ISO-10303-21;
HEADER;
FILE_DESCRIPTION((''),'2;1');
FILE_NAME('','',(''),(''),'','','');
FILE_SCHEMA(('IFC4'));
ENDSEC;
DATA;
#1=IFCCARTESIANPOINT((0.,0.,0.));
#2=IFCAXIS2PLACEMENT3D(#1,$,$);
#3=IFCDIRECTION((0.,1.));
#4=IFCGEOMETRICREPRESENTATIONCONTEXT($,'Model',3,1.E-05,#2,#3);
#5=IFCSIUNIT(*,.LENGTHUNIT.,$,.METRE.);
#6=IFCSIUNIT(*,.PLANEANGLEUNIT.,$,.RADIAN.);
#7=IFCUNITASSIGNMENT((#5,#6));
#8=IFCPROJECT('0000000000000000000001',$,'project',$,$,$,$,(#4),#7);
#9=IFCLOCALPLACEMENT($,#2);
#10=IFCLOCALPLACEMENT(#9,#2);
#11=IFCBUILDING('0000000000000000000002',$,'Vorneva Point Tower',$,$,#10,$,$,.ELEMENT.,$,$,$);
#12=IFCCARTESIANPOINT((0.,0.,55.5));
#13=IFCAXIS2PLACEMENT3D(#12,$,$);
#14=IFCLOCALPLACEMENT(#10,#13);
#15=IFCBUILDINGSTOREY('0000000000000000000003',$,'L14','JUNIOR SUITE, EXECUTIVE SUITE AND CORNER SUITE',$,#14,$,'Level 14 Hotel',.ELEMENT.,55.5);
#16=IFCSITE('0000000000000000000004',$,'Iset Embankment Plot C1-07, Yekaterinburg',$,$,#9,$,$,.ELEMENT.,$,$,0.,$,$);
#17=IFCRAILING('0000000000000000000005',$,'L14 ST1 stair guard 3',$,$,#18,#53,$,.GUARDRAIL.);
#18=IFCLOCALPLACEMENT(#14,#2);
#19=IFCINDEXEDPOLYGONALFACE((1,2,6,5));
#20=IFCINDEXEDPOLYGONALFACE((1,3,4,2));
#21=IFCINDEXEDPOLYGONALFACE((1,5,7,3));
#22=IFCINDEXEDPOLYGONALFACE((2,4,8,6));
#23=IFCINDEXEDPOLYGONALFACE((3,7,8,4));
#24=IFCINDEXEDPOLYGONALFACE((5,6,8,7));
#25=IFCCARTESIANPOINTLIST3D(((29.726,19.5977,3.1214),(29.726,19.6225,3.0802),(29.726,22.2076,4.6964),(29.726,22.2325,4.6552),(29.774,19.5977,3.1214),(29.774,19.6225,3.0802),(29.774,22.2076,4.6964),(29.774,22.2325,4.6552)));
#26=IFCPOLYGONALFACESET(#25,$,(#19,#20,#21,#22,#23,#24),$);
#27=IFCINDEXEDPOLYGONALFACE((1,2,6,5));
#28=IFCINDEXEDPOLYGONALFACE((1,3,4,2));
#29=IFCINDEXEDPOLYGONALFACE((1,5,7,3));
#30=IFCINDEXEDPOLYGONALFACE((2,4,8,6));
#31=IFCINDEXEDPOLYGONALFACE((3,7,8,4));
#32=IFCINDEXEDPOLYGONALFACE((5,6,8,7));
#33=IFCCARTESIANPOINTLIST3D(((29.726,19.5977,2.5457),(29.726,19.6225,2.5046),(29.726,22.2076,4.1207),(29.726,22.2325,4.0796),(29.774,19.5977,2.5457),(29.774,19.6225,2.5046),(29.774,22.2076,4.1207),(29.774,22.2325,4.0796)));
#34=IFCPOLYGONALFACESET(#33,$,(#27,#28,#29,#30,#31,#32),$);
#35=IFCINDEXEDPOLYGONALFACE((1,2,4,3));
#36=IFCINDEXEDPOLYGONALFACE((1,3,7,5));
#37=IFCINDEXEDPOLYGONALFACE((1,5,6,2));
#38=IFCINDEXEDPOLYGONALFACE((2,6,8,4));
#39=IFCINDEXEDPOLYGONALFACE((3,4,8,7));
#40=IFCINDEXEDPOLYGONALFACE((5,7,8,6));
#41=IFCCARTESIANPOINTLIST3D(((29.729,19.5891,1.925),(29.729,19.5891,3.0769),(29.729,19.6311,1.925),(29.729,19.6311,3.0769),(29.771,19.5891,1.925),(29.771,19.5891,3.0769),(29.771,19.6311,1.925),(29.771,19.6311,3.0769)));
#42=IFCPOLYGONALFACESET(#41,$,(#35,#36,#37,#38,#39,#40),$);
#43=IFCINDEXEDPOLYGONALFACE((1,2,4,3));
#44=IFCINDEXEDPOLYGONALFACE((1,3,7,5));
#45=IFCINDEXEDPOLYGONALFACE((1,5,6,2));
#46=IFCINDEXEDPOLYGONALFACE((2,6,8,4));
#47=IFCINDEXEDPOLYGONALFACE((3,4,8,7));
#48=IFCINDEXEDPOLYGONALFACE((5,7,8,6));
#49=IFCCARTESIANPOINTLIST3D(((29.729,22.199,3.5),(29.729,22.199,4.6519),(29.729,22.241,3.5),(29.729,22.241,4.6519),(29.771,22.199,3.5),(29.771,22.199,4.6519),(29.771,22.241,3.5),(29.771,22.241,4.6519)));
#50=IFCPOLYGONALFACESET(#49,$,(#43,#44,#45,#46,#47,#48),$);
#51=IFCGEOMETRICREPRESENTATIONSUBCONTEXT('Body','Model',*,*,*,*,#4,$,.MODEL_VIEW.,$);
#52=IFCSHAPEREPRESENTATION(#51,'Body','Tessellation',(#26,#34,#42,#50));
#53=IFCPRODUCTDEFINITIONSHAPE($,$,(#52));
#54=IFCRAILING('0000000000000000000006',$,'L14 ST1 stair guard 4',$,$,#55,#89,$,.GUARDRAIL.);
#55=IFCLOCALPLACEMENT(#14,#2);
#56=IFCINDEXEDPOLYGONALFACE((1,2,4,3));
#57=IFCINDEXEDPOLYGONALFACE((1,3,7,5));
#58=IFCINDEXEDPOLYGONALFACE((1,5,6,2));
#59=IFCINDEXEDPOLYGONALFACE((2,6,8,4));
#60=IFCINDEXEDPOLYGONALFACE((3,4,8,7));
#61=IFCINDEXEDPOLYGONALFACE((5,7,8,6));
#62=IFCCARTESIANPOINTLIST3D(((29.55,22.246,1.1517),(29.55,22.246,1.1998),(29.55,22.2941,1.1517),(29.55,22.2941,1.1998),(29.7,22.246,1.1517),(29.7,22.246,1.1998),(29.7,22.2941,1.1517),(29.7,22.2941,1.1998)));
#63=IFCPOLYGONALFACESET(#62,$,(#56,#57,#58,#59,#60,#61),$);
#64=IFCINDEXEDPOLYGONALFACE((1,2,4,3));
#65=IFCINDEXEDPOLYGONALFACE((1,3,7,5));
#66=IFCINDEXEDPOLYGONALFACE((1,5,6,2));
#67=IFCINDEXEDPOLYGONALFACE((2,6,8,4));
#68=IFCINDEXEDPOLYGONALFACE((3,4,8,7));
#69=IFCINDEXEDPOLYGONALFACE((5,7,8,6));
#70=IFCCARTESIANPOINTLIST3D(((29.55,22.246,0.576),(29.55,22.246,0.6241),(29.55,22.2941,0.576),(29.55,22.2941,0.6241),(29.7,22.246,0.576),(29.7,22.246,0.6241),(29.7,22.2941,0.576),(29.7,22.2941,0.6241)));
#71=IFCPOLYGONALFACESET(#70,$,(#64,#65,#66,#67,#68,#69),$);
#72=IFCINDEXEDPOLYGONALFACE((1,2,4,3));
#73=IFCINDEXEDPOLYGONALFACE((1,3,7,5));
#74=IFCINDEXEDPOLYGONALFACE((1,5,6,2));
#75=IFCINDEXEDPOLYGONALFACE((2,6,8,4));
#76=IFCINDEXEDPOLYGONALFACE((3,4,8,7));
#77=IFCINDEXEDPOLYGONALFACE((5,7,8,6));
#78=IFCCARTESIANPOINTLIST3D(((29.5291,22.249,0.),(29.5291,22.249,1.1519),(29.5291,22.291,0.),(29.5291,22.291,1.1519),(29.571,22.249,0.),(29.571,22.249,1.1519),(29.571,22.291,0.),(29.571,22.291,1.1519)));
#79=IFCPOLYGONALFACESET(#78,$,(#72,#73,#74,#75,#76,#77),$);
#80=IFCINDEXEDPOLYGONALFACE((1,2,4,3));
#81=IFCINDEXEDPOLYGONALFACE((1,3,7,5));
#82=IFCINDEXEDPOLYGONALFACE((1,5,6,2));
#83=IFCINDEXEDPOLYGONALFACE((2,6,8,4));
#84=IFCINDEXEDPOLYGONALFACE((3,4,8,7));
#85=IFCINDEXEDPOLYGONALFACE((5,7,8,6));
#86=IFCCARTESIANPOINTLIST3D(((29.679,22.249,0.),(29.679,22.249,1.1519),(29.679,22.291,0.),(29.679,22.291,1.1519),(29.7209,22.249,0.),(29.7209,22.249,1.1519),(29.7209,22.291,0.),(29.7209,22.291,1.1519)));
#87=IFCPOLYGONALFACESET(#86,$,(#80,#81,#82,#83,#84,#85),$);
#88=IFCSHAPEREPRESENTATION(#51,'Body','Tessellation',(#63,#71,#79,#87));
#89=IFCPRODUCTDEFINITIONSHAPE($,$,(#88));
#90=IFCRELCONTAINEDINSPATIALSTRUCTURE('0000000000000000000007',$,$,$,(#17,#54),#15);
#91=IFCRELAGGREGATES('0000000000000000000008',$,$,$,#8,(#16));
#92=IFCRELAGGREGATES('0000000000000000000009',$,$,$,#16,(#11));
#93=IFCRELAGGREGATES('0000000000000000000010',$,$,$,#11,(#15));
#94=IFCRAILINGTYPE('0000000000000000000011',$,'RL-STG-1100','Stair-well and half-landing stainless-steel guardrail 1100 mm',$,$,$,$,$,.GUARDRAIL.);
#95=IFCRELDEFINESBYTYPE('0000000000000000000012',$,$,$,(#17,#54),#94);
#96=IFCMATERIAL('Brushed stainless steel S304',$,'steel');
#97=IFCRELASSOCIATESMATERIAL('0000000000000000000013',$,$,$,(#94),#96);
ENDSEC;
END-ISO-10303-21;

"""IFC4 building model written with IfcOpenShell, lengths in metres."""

from ifc_helpers import new_model, si_unit, direction, frame, origin, origin_2d, place, context, subcontext, project, spatial, rectangle, extrude, material, type_object, element, save


model = new_model("IFC4")

# Units and contexts
model_context = context("Model", 3, precision=1e-05, world=origin(), true_north=direction((0.0, 1.0)))
body_context = subcontext(model_context, "Body", "Model", "MODEL_VIEW")
ifc_project = project(units=[si_unit("LENGTHUNIT", "METRE"), si_unit("PLANEANGLEUNIT", "RADIAN")], contexts=[model_context])

# Site, building, storey
site_placement = place(None, origin())
site = spatial("IfcSite", under=ifc_project, at=site_placement, Name="Iset Embankment Plot C1-07, Yekaterinburg", CompositionType="ELEMENT", RefElevation=0.0)
building_placement = place(site_placement, origin())
building = spatial("IfcBuilding", under=site, at=building_placement, Name="Vorneva Point Tower", CompositionType="ELEMENT")
storey_placement = place(building_placement, frame((0.0, 0.0, 55.5)))
storey = spatial("IfcBuildingStorey", under=building, at=storey_placement, Name="L14", Description="JUNIOR SUITE, EXECUTIVE SUITE AND CORNER SUITE", LongName="Level 14 Hotel", CompositionType="ELEMENT", Elevation=55.5)

# Railings
ifc_material_1 = material(Name="Brushed stainless steel S304", Category="steel")
railing_type_1 = type_object("IfcRailingType", Name="RL-STG-1100", Description="Stair-well and half-landing stainless-steel guardrail 1100 mm", PredefinedType="GUARDRAIL", material=ifc_material_1)
railing_1_placement = place(storey_placement, frame((29.75, 19.6101, 1.925)))
element("IfcRailing", 1, at=railing_1_placement, inside=storey, type_object=railing_type_1, Name="L14 ST1 stair guard 3", PredefinedType="GUARDRAIL", context=body_context, shape_type="SweptSolid", body=[
    extrude(rectangle(XDim=0.0481, YDim=0.0481, at=origin_2d()), frame((0.0, 0.0, 1.1758), z_axis=(0.0, 0.856183, 0.516673), x_axis=(-1.0, 0.0, 0.0)), (0.0, 0.0, 1.0), 3.0483),
    extrude(rectangle(XDim=0.0481, YDim=0.0481, at=origin_2d()), frame((0.0, 0.0, 0.6001), z_axis=(0.0, 0.856183, 0.516673), x_axis=(-1.0, 0.0, 0.0)), (0.0, 0.0, 1.0), 3.0483),
    extrude(rectangle(XDim=0.042, YDim=0.042, at=origin_2d()), origin(), (0.0, 0.0, 1.0), 1.1519),
    extrude(rectangle(XDim=0.042, YDim=0.042, at=origin_2d()), frame((0.0, 2.6099, 1.575)), (0.0, 0.0, 1.0), 1.1519),
])
railing_2_placement = place(storey_placement, frame((29.55, 22.27, 0.0)))
element("IfcRailing", 2, at=railing_2_placement, inside=storey, type_object=railing_type_1, Name="L14 ST1 stair guard 4", PredefinedType="GUARDRAIL", context=body_context, shape_type="SweptSolid", body=[
    extrude(rectangle(XDim=0.0481, YDim=0.0481, at=origin_2d()), frame((0.0, 0.0, 1.1758), z_axis=(1.0, 0.0, 0.0), x_axis=(0.0, 1.0, 0.0)), (0.0, 0.0, 1.0), 0.1499),
    extrude(rectangle(XDim=0.0481, YDim=0.0481, at=origin_2d()), frame((0.0, 0.0, 0.6001), z_axis=(1.0, 0.0, 0.0), x_axis=(0.0, 1.0, 0.0)), (0.0, 0.0, 1.0), 0.1499),
    extrude(rectangle(XDim=0.042, YDim=0.042, at=origin_2d()), origin(), (0.0, 0.0, 1.0), 1.1519),
    extrude(rectangle(XDim=0.042, YDim=0.042, at=origin_2d()), frame((0.1499, 0.0, 0.0)), (0.0, 0.0, 1.0), 1.1519),
])

save(model, "model.ifc")
